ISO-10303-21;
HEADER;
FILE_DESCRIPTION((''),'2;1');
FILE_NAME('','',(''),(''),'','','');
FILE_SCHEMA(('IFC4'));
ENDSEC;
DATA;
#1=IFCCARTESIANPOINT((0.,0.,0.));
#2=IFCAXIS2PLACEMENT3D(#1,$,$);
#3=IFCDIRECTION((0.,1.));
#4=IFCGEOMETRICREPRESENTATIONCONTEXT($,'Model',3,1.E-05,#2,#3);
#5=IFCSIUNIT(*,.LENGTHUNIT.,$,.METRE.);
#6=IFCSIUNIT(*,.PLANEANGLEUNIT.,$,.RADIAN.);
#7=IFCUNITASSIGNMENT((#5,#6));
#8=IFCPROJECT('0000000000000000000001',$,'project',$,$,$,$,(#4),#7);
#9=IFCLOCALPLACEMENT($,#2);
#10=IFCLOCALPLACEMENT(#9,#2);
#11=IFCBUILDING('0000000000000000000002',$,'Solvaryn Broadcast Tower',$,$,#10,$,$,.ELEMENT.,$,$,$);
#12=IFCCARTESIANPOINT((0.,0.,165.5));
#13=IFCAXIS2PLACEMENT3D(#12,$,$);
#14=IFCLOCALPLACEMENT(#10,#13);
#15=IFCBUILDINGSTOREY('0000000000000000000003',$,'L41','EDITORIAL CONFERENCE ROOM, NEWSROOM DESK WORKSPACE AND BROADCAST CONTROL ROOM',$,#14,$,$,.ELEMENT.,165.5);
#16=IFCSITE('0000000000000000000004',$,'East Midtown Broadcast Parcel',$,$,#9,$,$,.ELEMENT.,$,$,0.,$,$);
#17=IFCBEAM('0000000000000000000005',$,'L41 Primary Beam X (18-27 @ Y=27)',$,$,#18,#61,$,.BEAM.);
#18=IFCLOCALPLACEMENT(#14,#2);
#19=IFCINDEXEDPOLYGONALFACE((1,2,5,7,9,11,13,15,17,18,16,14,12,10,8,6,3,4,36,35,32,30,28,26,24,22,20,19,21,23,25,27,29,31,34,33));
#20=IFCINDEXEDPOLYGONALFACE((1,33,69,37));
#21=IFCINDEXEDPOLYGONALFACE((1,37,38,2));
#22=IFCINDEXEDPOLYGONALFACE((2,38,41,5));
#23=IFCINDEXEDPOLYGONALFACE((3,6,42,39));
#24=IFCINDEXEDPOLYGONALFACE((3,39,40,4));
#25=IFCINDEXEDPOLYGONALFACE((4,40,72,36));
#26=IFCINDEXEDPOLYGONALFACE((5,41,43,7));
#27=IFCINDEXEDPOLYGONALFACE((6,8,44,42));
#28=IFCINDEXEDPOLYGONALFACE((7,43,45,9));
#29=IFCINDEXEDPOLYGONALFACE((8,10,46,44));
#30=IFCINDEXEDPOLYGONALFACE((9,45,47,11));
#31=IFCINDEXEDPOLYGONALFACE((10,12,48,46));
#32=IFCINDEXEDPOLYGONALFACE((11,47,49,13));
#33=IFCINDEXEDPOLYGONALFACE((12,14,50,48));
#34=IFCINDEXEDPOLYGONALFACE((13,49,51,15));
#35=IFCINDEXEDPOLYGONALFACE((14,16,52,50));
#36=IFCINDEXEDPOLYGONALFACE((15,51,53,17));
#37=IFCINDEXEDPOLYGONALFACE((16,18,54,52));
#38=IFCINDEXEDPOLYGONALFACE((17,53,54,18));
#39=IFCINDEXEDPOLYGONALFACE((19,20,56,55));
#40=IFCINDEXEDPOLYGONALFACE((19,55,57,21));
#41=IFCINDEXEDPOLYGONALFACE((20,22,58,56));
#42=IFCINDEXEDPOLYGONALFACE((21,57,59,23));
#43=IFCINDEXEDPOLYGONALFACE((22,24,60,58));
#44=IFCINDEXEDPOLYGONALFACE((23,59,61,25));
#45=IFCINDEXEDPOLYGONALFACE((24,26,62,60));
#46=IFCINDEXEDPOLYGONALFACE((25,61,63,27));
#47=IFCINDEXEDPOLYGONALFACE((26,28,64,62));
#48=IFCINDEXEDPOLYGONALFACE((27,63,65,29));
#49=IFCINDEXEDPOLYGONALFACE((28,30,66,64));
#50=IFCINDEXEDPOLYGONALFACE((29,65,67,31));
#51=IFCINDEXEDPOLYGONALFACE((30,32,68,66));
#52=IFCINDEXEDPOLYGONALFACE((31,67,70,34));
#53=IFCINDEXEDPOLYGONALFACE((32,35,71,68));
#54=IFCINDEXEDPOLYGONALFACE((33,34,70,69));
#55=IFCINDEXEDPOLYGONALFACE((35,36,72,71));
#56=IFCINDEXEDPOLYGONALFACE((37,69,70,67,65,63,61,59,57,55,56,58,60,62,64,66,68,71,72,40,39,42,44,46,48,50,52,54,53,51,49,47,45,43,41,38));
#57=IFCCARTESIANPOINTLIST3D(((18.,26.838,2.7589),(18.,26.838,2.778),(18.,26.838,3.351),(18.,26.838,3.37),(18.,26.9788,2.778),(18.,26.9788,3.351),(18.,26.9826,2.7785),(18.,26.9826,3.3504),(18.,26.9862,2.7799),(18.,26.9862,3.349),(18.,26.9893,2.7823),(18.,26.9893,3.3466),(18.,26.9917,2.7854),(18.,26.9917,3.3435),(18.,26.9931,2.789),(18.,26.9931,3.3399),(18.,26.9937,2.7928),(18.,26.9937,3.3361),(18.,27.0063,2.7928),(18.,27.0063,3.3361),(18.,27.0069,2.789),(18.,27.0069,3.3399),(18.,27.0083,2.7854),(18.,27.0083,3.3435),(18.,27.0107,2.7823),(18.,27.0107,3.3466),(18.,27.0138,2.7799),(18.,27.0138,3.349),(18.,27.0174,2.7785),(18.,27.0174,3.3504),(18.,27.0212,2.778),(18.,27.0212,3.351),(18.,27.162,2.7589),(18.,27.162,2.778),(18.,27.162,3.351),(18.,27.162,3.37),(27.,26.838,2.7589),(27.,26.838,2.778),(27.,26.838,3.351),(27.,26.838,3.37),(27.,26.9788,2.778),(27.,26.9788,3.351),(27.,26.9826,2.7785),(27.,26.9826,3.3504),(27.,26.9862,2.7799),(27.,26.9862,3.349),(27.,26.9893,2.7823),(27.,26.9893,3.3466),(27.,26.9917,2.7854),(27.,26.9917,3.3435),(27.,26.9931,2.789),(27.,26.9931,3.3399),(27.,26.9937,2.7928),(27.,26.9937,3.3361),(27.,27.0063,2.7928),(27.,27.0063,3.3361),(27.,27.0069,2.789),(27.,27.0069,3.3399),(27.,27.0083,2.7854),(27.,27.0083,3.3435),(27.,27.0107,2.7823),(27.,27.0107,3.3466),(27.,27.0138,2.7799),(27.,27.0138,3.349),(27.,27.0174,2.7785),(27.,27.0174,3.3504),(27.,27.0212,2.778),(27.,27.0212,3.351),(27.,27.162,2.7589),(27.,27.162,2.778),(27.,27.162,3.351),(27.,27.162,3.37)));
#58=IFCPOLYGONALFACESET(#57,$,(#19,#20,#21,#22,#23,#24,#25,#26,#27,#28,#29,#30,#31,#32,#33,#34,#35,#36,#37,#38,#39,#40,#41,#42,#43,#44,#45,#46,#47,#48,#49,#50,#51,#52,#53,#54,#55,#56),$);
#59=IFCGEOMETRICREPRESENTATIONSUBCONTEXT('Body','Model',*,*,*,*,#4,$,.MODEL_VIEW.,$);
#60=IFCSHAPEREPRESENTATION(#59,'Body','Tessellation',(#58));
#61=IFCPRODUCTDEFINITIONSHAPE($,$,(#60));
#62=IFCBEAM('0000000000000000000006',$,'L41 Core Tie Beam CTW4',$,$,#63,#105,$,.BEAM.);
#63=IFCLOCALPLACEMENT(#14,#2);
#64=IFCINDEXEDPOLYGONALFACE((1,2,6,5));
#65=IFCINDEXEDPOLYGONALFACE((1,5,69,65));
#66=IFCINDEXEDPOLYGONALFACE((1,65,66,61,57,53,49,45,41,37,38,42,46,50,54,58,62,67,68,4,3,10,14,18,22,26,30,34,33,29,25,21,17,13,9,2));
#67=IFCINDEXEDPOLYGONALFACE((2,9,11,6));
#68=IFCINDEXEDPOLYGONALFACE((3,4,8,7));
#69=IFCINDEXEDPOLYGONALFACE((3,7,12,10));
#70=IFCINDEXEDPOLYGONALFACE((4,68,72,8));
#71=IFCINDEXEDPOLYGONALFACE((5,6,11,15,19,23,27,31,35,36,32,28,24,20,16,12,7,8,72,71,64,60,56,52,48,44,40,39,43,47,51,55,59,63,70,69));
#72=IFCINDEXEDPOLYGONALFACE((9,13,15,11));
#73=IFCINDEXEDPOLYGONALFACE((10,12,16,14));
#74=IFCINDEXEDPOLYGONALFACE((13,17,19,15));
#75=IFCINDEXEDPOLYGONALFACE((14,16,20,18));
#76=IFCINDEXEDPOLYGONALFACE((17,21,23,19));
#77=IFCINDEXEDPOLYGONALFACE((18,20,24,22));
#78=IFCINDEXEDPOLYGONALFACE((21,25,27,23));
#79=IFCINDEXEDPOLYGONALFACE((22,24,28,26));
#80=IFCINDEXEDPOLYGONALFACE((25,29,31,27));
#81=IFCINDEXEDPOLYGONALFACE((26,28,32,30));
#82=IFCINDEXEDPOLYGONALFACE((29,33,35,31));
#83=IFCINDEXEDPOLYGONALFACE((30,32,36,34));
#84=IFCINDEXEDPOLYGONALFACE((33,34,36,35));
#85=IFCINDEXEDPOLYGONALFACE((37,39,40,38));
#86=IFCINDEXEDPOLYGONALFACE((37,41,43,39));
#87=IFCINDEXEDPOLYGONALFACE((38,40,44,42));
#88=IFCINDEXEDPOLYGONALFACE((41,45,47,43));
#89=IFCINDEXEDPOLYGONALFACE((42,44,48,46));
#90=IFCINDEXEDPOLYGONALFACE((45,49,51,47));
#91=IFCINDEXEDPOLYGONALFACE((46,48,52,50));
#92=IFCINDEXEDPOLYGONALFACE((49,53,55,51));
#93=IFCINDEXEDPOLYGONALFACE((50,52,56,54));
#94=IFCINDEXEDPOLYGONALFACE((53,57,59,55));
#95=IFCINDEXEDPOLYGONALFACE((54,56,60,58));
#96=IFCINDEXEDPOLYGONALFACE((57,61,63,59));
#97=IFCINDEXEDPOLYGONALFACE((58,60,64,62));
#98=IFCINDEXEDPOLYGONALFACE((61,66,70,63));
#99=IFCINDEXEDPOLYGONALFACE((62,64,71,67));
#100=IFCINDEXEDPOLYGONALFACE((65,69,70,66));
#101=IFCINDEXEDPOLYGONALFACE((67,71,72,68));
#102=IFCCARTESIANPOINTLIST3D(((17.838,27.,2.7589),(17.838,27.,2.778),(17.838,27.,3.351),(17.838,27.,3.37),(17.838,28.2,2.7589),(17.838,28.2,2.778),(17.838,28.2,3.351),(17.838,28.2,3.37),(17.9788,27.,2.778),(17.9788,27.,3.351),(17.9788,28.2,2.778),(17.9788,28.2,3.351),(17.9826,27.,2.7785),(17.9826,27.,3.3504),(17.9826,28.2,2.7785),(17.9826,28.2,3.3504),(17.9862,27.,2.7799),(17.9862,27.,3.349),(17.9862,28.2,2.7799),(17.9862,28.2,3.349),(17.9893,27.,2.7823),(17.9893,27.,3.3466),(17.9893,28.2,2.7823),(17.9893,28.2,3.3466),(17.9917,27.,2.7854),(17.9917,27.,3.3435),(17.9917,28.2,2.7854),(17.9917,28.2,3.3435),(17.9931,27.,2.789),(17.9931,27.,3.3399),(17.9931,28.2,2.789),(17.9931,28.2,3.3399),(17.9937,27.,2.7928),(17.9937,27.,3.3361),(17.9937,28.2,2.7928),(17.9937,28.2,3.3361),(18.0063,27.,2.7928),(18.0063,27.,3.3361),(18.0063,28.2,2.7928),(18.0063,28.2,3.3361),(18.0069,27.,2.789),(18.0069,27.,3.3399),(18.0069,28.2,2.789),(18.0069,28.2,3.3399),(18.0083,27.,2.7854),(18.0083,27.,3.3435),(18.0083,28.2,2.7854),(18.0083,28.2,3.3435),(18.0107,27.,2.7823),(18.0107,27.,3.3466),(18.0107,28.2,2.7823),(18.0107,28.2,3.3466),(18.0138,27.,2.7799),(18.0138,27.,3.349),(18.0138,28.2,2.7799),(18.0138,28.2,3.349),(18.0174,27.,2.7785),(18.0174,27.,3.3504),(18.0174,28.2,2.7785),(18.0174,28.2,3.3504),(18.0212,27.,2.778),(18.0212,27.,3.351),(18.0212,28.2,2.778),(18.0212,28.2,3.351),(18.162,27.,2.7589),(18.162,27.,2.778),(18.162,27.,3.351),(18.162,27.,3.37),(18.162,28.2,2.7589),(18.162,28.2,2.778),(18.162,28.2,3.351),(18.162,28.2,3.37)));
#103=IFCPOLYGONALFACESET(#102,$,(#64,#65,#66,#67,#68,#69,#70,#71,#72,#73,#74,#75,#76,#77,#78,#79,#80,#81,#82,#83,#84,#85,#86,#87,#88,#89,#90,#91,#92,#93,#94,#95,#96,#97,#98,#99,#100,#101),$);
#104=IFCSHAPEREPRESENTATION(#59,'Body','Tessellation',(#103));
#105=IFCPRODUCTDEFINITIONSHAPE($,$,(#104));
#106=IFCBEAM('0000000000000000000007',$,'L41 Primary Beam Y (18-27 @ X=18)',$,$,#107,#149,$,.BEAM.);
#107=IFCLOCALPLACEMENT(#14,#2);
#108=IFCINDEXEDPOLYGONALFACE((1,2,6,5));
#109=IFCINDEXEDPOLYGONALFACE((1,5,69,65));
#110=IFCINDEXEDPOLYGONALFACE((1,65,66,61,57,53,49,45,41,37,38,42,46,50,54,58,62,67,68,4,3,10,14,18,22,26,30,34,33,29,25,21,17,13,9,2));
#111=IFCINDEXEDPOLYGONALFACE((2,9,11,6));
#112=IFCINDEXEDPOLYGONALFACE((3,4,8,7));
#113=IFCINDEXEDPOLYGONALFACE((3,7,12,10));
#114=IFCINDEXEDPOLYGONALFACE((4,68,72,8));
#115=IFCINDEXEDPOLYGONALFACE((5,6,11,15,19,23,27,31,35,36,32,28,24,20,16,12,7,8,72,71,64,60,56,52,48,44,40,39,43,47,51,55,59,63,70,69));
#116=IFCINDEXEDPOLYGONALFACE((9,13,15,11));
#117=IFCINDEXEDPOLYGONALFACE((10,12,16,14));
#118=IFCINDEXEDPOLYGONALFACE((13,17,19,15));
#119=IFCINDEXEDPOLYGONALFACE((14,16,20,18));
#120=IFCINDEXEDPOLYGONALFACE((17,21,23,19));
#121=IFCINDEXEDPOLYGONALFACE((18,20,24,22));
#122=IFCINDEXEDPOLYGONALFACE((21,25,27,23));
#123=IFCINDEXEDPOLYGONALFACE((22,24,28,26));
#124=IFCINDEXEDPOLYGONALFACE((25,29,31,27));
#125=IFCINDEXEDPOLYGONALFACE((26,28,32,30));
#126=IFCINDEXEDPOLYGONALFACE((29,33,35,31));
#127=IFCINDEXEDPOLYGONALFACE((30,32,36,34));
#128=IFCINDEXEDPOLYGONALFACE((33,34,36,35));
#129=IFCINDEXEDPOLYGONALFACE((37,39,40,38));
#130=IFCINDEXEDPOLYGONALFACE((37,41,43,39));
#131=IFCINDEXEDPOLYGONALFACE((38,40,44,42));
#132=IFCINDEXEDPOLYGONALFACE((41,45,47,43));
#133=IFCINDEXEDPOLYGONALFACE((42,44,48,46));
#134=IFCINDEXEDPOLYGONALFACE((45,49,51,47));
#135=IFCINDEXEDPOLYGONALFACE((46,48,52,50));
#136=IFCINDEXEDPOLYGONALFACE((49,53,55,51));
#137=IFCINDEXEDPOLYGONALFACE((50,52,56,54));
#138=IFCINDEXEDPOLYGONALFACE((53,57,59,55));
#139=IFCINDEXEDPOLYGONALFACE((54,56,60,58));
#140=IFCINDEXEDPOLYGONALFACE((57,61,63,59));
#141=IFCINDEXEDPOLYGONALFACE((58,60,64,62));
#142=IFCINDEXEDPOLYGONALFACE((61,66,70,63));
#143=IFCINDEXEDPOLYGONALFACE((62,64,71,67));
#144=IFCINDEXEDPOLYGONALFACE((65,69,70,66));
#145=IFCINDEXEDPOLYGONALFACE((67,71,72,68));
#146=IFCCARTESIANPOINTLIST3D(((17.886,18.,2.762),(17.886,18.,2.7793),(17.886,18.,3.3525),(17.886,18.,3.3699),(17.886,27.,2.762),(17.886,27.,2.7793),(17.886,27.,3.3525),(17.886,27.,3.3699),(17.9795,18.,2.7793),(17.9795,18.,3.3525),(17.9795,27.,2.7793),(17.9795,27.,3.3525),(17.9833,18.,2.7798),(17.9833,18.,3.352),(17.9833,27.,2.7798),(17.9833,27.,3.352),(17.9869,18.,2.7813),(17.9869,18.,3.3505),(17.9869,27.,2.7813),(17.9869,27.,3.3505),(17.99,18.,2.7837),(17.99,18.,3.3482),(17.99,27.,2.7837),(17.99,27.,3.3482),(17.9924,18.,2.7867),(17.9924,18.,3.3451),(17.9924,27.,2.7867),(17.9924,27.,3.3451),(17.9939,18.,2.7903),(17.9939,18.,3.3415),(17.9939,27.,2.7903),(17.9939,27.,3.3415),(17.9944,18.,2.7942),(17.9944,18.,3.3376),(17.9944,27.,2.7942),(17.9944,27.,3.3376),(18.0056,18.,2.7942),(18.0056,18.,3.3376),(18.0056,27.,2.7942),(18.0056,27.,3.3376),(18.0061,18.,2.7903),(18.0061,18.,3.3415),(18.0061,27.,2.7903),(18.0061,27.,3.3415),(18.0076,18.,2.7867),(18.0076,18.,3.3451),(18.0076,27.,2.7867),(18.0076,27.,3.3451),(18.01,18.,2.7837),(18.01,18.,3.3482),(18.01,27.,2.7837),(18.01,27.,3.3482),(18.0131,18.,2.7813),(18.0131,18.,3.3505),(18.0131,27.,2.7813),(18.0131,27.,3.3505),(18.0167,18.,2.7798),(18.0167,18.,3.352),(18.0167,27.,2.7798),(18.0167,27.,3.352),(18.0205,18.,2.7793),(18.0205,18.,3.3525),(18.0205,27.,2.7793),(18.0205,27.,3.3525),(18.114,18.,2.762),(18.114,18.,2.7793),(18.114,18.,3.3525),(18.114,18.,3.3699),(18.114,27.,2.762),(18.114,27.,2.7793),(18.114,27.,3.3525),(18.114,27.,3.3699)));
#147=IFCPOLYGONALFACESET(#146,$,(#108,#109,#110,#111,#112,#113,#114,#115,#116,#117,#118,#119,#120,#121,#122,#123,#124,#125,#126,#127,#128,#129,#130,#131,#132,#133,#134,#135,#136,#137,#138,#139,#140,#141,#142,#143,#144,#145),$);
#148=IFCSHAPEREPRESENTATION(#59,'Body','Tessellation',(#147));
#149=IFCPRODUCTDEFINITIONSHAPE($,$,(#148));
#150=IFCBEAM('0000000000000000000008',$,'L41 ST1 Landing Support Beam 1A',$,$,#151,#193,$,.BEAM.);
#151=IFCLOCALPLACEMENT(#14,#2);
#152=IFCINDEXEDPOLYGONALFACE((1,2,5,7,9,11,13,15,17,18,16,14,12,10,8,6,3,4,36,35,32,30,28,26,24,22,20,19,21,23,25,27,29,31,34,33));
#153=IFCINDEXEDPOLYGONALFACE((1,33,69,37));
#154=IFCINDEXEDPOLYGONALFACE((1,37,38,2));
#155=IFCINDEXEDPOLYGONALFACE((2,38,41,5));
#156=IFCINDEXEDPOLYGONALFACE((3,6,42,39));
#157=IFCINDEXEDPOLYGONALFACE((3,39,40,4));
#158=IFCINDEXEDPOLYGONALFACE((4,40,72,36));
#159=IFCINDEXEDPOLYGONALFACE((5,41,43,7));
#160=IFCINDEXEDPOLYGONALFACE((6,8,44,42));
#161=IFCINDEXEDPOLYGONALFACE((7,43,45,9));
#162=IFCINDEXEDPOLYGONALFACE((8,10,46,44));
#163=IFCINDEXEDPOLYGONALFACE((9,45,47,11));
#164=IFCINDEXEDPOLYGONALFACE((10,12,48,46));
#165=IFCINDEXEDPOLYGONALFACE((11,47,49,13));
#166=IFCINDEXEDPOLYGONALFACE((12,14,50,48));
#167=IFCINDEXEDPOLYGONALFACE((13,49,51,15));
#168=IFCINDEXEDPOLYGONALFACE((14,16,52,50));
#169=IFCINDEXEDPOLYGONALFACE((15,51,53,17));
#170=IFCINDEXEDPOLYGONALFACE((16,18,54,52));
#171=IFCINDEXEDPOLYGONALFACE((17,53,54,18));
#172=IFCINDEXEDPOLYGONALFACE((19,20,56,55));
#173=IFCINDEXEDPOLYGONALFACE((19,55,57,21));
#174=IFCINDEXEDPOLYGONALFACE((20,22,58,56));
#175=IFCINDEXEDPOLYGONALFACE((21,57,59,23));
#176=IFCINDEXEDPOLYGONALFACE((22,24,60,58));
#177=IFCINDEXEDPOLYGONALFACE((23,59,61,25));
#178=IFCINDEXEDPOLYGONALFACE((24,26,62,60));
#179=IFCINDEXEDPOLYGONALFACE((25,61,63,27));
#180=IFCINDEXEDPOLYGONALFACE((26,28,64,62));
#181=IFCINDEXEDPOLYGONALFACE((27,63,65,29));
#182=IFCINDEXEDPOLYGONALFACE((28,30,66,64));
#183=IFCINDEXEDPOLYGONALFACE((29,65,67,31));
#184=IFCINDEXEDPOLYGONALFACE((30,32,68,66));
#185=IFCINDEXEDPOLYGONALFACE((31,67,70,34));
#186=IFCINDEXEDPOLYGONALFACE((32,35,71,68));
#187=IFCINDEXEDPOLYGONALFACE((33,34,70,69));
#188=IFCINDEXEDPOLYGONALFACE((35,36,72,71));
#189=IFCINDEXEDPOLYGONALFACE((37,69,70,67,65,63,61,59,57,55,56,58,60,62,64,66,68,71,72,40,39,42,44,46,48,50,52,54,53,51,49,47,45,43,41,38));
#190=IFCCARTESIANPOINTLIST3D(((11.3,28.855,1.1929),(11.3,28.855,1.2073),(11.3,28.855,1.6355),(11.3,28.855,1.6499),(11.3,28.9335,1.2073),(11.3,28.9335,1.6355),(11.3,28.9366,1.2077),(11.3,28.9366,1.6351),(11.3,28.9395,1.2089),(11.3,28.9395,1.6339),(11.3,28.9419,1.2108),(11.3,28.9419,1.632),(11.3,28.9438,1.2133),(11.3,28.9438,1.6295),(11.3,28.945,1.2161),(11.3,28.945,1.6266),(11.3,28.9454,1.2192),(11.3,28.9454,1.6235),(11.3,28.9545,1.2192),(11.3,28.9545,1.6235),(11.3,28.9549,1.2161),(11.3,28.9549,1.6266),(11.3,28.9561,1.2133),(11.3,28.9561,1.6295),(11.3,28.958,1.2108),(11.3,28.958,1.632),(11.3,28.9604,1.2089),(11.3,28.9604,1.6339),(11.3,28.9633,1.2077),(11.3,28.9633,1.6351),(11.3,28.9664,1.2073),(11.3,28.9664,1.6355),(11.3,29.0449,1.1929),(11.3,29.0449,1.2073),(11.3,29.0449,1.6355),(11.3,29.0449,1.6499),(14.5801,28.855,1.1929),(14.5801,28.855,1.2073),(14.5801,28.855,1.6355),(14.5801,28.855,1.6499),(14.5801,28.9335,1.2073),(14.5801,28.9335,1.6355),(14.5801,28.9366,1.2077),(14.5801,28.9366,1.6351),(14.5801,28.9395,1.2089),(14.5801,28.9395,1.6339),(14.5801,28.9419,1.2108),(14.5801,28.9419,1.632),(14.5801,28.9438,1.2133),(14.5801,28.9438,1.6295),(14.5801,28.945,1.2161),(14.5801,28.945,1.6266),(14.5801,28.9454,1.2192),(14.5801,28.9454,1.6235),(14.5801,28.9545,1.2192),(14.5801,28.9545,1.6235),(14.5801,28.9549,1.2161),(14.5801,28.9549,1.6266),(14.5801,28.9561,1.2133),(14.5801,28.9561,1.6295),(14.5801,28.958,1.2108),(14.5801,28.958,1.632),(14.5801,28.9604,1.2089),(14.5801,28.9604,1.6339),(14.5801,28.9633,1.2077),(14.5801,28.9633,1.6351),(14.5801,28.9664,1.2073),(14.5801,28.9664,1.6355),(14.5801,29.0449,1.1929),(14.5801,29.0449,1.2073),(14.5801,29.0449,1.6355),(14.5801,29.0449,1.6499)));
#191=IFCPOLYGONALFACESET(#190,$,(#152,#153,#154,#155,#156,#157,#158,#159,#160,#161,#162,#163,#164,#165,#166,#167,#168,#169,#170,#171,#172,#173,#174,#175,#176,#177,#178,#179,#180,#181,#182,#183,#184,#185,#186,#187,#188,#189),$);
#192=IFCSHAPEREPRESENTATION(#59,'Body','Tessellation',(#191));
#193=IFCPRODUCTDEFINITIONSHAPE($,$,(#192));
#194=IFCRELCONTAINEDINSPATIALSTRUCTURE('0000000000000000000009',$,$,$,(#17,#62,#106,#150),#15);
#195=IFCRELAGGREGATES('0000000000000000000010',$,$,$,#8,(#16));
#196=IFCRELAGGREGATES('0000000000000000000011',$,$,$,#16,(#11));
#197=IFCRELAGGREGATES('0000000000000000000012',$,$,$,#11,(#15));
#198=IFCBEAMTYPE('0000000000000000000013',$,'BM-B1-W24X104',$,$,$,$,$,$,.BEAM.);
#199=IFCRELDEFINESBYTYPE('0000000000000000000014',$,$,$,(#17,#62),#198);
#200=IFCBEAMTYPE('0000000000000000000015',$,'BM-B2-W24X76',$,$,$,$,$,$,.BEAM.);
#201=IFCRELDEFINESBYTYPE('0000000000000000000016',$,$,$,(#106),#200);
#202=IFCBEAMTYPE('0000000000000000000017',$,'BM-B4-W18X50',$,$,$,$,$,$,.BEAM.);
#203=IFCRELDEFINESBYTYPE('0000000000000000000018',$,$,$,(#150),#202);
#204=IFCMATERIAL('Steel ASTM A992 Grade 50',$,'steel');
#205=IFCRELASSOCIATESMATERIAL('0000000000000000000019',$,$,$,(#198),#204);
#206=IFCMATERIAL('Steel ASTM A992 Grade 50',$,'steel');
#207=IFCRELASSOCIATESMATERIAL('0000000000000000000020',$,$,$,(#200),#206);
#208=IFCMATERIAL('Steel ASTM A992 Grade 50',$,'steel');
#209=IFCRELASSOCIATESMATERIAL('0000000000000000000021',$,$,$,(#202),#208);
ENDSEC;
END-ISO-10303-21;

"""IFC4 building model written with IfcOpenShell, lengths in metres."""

from ifc_helpers import new_model, si_unit, direction, frame, origin, origin_2d, place, context, subcontext, project, spatial, i_section, extrude, material, material_profile, profile_set, type_object, element, save


model = new_model("IFC4")

# Units and contexts
model_context = context("Model", 3, precision=1e-05, world=origin(), true_north=direction((0.0, 1.0)))
body_context = subcontext(model_context, "Body", "Model", "MODEL_VIEW")
ifc_project = project(units=[si_unit("LENGTHUNIT", "METRE"), si_unit("PLANEANGLEUNIT", "RADIAN")], contexts=[model_context])

# Site, building, storey
site_placement = place(None, origin())
site = spatial("IfcSite", under=ifc_project, at=site_placement, Name="East Midtown Broadcast Parcel", CompositionType="ELEMENT", RefElevation=0.0)
building_placement = place(site_placement, origin())
building = spatial("IfcBuilding", under=site, at=building_placement, Name="Solvaryn Broadcast Tower", CompositionType="ELEMENT")
storey_placement = place(building_placement, frame((0.0, 0.0, 165.5)))
storey = spatial("IfcBuildingStorey", under=building, at=storey_placement, Name="L41", Description="EDITORIAL CONFERENCE ROOM, NEWSROOM DESK WORKSPACE AND BROADCAST CONTROL ROOM", CompositionType="ELEMENT", Elevation=165.5)

# Beams
ifc_material_1 = material(Name="Steel ASTM A992 Grade 50", Category="steel")
ifc_material_profile_1 = material_profile(ifc_material_1, i_section(OverallWidth=0.324, OverallDepth=0.6111, WebThickness=0.0127, FlangeThickness=0.019, FilletRadius=0.0149, at=origin_2d()))
ifc_profile_set_1 = profile_set([ifc_material_profile_1], Name="Steel ASTM A992 Grade 50")
beam_type_1 = type_object("IfcBeamType", Name="BM-B1-W24X104", PredefinedType="BEAM", material=ifc_profile_set_1)
for number, where, z_axis, x_axis, name in (
    (1, (18.0, 27.0, 3.0645), (1.0, 0.0, 0.0), (0.0, 1.0, 0.0), "L41 Primary Beam X (18-27 @ Y=27)"),
):
    element("IfcBeam", number, at=place(storey_placement, frame(where, z_axis=z_axis, x_axis=x_axis)), inside=storey, type_object=beam_type_1, Name=name, PredefinedType="BEAM", context=body_context, shape_type="SweptSolid", body=[
        extrude(i_section(OverallWidth=0.324, OverallDepth=0.6111, WebThickness=0.0127, FlangeThickness=0.019, FilletRadius=0.0149, at=origin_2d()), origin(), (0.0, 0.0, 1.0), 9.0),
    ])
beam_1_placement = place(storey_placement, frame((18.0, 27.0, 3.0645), z_axis=(0.0, 1.0, 0.0), x_axis=(-1.0, 0.0, 0.0)))
element("IfcBeam", 2, at=beam_1_placement, inside=storey, type_object=beam_type_1, Name="L41 Core Tie Beam CTW4", PredefinedType="BEAM", context=body_context, shape_type="SweptSolid", body=[
    extrude(i_section(OverallWidth=0.324, OverallDepth=0.6111, WebThickness=0.0127, FlangeThickness=0.019, FilletRadius=0.0149, at=origin_2d()), origin(), (0.0, 0.0, 1.0), 1.2),
])
ifc_material_2 = material(Name="Steel ASTM A992 Grade 50", Category="steel")
ifc_material_profile_2 = material_profile(ifc_material_2, i_section(OverallWidth=0.228, OverallDepth=0.6079, WebThickness=0.0112, FlangeThickness=0.0173, FilletRadius=0.0149, at=origin_2d()))
ifc_profile_set_2 = profile_set([ifc_material_profile_2], Name="Steel ASTM A992 Grade 50")
beam_type_2 = type_object("IfcBeamType", Name="BM-B2-W24X76", PredefinedType="BEAM", material=ifc_profile_set_2)
beam_2_placement = place(storey_placement, frame((18.0, 18.0, 3.0659), z_axis=(0.0, 1.0, 0.0), x_axis=(-1.0, 0.0, 0.0)))
element("IfcBeam", 3, at=beam_2_placement, inside=storey, type_object=beam_type_2, Name="L41 Primary Beam Y (18-27 @ X=18)", PredefinedType="BEAM", context=body_context, shape_type="SweptSolid", body=[
    extrude(i_section(OverallWidth=0.228, OverallDepth=0.6079, WebThickness=0.0112, FlangeThickness=0.0173, FilletRadius=0.0149, at=origin_2d()), origin(), (0.0, 0.0, 1.0), 9.0),
])
ifc_material_3 = material(Name="Steel ASTM A992 Grade 50", Category="steel")
ifc_material_profile_3 = material_profile(ifc_material_3, i_section(OverallWidth=0.1899, OverallDepth=0.457, WebThickness=0.009, FlangeThickness=0.0144, FilletRadius=0.012, at=origin_2d()))
ifc_profile_set_3 = profile_set([ifc_material_profile_3], Name="Steel ASTM A992 Grade 50")
beam_type_3 = type_object("IfcBeamType", Name="BM-B4-W18X50", PredefinedType="BEAM", material=ifc_profile_set_3)
beam_3_placement = place(storey_placement, frame((11.3, 28.95, 1.4214), z_axis=(1.0, 0.0, 0.0), x_axis=(0.0, 1.0, 0.0)))
element("IfcBeam", 4, at=beam_3_placement, inside=storey, type_object=beam_type_3, Name="L41 ST1 Landing Support Beam 1A", PredefinedType="BEAM", context=body_context, shape_type="SweptSolid", body=[
    extrude(i_section(OverallWidth=0.1899, OverallDepth=0.457, WebThickness=0.009, FlangeThickness=0.0144, FilletRadius=0.012, at=origin_2d()), origin(), (0.0, 0.0, 1.0), 3.28),
])

save(model, "model.ifc")
